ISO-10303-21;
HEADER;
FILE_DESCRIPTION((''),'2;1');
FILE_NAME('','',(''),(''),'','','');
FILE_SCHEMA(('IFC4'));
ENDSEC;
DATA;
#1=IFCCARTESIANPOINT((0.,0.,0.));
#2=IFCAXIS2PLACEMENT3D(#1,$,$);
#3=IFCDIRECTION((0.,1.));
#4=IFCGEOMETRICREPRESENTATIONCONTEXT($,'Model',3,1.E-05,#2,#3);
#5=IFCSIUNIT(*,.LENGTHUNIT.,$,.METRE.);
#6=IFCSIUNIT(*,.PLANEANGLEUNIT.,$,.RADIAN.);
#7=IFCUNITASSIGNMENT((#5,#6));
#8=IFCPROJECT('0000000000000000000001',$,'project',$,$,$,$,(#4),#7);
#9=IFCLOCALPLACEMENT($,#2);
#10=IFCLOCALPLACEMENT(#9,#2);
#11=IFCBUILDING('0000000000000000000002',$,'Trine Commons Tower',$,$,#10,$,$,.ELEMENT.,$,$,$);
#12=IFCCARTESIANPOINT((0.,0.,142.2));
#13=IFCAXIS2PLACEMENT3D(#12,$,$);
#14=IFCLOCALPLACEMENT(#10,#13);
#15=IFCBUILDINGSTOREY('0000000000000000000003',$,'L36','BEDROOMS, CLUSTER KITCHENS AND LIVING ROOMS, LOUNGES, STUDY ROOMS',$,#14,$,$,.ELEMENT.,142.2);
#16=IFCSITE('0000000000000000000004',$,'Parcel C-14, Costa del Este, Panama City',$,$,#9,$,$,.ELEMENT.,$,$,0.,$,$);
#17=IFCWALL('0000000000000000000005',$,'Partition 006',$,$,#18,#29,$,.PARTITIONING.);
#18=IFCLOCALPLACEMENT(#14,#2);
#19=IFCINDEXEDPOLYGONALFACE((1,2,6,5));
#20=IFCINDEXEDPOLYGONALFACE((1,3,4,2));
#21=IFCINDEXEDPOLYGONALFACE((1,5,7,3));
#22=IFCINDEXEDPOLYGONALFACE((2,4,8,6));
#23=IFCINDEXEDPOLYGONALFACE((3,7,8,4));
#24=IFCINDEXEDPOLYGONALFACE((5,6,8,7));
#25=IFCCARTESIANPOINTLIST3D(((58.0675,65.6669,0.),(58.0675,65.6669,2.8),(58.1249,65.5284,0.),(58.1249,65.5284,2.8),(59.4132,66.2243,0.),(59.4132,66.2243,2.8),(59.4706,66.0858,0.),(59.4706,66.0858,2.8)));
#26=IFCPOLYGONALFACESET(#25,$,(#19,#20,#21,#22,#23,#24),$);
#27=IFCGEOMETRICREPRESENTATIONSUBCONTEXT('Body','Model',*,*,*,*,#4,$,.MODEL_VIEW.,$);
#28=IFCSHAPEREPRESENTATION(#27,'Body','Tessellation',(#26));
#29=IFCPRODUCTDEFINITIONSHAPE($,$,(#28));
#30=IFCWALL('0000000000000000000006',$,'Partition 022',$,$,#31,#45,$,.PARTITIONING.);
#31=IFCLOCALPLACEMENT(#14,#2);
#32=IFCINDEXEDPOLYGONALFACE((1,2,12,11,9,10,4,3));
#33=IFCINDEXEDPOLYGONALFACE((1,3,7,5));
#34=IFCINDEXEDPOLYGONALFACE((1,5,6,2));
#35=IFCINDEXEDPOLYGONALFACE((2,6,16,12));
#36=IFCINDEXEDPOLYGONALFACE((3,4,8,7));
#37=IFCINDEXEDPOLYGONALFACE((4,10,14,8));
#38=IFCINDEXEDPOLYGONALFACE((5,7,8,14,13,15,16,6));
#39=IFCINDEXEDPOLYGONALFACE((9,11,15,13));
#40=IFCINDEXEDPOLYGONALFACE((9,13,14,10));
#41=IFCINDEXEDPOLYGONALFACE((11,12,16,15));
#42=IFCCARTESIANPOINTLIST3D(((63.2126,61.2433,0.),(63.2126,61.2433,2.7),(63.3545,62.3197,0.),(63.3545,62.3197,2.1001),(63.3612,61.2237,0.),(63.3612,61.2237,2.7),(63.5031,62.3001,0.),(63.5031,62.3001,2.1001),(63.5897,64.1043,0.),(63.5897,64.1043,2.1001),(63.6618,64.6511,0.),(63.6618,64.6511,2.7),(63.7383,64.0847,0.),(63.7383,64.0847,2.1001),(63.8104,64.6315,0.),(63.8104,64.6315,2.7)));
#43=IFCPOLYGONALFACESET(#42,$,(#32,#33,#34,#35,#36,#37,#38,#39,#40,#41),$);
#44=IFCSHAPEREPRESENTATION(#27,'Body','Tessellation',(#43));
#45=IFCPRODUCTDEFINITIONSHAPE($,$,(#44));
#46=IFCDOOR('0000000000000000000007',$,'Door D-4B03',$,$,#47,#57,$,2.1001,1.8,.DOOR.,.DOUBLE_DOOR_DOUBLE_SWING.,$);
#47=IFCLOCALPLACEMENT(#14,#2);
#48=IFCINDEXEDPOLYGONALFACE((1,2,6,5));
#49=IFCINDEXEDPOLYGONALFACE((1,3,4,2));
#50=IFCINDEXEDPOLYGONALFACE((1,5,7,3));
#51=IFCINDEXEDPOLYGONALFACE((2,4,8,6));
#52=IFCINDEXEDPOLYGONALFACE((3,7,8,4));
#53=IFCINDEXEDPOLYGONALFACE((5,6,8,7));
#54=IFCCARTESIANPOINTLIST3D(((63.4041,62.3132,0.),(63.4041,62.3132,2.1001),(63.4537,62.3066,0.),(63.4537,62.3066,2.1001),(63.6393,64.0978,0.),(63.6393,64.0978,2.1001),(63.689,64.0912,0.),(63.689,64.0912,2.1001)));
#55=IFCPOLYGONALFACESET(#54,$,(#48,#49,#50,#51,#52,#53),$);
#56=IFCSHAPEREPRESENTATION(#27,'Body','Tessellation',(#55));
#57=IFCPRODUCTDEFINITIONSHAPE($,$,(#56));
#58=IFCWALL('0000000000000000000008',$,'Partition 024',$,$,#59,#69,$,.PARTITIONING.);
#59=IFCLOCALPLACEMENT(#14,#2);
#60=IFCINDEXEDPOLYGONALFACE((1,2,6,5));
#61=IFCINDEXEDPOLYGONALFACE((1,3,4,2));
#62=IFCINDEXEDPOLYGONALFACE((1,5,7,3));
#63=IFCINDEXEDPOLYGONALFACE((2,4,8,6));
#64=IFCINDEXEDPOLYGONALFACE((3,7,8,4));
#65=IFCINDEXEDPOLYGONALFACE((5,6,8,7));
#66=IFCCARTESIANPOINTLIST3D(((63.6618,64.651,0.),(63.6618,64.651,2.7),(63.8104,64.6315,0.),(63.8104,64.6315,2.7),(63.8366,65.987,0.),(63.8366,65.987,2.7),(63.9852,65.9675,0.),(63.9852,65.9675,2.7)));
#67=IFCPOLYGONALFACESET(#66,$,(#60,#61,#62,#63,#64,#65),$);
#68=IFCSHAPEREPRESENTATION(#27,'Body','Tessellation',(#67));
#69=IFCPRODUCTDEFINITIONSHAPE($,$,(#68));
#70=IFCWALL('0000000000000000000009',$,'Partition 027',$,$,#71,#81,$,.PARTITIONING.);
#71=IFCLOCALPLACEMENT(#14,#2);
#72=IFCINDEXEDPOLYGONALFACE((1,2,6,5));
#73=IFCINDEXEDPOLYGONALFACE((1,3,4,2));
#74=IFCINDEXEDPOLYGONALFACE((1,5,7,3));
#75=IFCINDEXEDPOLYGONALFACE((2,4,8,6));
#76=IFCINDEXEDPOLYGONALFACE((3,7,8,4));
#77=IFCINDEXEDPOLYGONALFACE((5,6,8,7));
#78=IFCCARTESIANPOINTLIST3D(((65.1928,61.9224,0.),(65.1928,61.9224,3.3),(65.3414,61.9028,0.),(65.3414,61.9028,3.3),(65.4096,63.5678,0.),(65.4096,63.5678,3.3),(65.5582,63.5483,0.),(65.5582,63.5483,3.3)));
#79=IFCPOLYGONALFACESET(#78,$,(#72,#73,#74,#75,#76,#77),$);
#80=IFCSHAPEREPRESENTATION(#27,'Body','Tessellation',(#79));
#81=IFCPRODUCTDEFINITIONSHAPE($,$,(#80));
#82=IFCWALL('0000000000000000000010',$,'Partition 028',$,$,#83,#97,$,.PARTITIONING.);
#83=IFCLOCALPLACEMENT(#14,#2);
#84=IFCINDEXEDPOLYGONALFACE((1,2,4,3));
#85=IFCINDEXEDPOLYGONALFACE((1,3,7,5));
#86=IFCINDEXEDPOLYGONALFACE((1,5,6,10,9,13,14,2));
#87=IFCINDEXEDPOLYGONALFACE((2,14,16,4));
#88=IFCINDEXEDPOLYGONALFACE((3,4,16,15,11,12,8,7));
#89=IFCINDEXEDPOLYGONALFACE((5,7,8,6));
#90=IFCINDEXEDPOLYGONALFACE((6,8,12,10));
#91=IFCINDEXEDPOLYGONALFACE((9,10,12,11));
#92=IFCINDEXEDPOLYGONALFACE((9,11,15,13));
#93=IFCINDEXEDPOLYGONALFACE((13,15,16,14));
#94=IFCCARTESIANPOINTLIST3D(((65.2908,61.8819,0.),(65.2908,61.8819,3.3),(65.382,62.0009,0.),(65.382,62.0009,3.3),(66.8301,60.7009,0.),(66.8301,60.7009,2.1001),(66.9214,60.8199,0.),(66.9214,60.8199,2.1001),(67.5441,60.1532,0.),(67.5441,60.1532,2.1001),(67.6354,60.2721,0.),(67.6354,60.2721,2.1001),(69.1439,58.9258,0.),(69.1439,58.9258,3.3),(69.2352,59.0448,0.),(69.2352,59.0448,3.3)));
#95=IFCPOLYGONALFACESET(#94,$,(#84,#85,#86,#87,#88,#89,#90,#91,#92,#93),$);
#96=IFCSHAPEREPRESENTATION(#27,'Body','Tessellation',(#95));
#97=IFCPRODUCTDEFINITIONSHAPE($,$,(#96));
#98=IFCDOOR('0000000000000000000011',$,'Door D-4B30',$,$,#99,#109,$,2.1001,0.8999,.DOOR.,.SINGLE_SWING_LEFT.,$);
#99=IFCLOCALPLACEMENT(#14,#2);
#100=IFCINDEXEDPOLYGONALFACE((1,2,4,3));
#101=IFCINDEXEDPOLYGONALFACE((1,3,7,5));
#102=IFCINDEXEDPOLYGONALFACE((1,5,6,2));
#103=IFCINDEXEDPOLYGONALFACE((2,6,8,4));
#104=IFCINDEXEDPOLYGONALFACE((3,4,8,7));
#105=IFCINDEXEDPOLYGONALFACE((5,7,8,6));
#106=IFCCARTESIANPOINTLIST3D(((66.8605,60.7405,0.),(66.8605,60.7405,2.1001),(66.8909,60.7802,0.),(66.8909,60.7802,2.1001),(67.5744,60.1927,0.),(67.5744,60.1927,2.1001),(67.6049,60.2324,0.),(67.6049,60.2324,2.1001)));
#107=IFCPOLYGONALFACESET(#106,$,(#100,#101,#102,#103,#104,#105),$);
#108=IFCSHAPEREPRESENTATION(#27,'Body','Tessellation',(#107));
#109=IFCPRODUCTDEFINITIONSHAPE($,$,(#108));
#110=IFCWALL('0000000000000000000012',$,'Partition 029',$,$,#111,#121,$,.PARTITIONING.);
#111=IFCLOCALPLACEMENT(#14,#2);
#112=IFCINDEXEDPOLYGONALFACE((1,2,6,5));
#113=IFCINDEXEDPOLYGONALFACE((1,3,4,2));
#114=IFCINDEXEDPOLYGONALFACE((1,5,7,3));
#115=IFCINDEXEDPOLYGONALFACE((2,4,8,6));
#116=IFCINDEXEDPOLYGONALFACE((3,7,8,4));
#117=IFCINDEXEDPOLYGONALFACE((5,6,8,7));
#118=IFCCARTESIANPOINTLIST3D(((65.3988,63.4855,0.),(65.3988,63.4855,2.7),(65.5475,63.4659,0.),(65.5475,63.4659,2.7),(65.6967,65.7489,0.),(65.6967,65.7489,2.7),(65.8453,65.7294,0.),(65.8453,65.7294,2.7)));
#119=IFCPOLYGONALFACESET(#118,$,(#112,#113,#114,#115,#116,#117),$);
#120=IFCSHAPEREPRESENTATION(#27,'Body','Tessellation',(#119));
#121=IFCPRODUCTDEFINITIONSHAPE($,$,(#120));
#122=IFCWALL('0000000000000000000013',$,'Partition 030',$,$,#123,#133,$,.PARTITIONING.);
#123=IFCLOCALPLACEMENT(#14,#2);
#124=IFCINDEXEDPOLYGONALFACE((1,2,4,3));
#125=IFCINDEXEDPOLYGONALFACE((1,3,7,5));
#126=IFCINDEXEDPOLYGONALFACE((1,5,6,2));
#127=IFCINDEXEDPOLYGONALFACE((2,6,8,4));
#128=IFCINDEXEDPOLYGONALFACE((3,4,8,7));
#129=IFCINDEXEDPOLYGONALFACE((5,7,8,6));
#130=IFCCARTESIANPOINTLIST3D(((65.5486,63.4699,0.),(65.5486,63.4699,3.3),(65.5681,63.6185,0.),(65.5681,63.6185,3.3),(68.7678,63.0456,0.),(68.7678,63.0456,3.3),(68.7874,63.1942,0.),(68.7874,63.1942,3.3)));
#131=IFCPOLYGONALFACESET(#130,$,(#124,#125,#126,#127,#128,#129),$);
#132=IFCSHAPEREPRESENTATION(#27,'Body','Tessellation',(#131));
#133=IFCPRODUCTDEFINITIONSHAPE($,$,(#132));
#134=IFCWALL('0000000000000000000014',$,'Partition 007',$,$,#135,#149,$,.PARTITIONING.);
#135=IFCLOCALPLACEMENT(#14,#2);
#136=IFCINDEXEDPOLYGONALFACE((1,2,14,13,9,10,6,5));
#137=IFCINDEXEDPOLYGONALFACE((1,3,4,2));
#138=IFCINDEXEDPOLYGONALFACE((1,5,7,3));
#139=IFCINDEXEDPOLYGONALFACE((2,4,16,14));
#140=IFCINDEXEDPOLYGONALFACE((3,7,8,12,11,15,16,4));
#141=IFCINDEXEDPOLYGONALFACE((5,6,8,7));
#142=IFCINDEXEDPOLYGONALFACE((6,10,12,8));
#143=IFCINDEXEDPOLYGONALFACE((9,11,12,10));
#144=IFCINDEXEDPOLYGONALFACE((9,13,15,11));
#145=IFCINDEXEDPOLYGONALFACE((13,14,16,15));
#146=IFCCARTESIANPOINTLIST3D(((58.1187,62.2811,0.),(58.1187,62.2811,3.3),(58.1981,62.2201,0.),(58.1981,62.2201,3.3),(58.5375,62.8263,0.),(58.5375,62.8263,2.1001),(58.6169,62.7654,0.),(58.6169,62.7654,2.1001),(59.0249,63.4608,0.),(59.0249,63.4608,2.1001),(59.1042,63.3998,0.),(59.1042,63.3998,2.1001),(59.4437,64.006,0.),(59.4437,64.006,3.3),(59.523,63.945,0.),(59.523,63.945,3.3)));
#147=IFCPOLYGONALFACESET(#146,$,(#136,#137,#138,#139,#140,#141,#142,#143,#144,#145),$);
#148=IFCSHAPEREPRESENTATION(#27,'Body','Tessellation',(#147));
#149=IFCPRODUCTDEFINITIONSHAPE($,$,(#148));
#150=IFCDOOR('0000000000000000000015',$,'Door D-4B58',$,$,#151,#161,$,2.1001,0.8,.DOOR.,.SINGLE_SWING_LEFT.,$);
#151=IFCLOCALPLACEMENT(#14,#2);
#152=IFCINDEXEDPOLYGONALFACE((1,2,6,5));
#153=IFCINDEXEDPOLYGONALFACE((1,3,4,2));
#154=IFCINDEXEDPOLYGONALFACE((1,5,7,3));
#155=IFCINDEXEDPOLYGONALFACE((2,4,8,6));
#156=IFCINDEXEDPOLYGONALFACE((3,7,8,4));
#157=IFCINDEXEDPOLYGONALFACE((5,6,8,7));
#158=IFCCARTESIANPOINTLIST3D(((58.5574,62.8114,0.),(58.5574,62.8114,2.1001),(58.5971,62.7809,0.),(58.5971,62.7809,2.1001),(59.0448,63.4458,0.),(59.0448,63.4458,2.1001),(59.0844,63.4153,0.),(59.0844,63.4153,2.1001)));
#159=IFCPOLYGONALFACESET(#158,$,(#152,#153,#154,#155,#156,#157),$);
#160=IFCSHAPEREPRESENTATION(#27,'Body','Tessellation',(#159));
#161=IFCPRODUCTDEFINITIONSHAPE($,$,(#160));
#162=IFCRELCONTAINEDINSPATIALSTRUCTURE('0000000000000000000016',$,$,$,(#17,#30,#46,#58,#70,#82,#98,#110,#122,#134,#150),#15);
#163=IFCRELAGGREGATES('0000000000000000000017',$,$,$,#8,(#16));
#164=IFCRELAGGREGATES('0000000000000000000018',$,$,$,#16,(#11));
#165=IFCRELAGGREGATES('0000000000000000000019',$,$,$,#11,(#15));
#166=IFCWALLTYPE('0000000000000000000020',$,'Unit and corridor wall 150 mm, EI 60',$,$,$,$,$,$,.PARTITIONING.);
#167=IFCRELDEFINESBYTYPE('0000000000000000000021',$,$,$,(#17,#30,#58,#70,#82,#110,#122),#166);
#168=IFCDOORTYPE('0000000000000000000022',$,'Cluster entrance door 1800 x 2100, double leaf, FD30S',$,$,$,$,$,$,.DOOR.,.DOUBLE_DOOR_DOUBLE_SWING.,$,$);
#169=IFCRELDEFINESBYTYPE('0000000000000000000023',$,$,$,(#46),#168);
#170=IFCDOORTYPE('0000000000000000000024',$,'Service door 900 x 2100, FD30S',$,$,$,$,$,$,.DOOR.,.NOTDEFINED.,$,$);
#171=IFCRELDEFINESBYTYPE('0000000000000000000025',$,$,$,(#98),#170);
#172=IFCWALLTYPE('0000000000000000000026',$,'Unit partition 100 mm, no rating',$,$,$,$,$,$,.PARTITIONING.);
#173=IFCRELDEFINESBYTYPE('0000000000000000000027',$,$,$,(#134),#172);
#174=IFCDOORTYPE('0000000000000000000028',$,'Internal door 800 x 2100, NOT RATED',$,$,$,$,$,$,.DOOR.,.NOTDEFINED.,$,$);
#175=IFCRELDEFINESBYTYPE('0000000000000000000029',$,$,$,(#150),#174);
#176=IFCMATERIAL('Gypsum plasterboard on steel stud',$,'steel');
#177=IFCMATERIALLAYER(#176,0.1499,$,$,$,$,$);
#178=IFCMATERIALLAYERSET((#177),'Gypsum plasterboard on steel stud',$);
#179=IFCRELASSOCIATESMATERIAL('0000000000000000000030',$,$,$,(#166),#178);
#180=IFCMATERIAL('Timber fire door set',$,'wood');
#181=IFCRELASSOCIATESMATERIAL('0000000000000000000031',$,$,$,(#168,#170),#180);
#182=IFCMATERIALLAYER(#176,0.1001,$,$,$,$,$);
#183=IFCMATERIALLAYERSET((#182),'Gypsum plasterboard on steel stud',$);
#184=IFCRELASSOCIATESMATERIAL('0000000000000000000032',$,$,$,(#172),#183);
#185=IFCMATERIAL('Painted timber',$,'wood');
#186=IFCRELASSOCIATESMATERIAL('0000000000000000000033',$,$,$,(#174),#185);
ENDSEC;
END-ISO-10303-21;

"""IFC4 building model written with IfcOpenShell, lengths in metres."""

from ifc_helpers import new_model, si_unit, direction, frame, frame_2d, origin, place, context, subcontext, project, spatial, rectangle, extrude, material, layer, layer_set, type_object, element, fill, save


model = new_model("IFC4")

# Units and contexts
model_context = context("Model", 3, precision=1e-05, world=origin(), true_north=direction((0.0, 1.0)))
body_context = subcontext(model_context, "Body", "Model", "MODEL_VIEW")
ifc_project = project(units=[si_unit("LENGTHUNIT", "METRE"), si_unit("PLANEANGLEUNIT", "RADIAN")], contexts=[model_context])

# Site, building, storey
site_placement = place(None, origin())
site = spatial("IfcSite", under=ifc_project, at=site_placement, Name="Parcel C-14, Costa del Este, Panama City", CompositionType="ELEMENT", RefElevation=0.0)
building_placement = place(site_placement, origin())
building = spatial("IfcBuilding", under=site, at=building_placement, Name="Trine Commons Tower", CompositionType="ELEMENT")
storey_placement = place(building_placement, frame((0.0, 0.0, 142.2)))
storey = spatial("IfcBuildingStorey", under=building, at=storey_placement, Name="L36", Description="BEDROOMS, CLUSTER KITCHENS AND LIVING ROOMS, LOUNGES, STUDY ROOMS", CompositionType="ELEMENT", Elevation=142.2)

# Shared definitions
ifc_material_1 = material(Name="Gypsum plasterboard on steel stud", Category="steel")
ifc_layer_1 = layer(ifc_material_1, 0.1499)
ifc_layer_set_1 = layer_set([ifc_layer_1], Name="Gypsum plasterboard on steel stud")
wall_type_1 = type_object("IfcWallType", Name="Unit and corridor wall 150 mm, EI 60", PredefinedType="PARTITIONING", material=ifc_layer_set_1)
ifc_material_2 = material(Name="Timber fire door set", Category="wood")

# Wall
wall_1_placement = place(storey_placement, frame((58.0962, 65.5977, 0.0), z_axis=(0.0, 0.0, 1.0), x_axis=(0.923888, 0.382663, 0.0)))
element("IfcWall", 1, at=wall_1_placement, inside=storey, type_object=wall_type_1, Name="Partition 006", PredefinedType="PARTITIONING", context=body_context, shape_type="SweptSolid", body=[
    extrude(rectangle(XDim=1.4565, YDim=0.1499, at=frame_2d((0.7283, 0.0))), origin(), (0.0, 0.0, 1.0), 2.8),
])

# Wall, opening, door
wall_2_placement = place(storey_placement, frame((63.2869, 61.2334, 0.0), z_axis=(0.0, 0.0, 1.0), x_axis=(0.130693, 0.991423, 0.0)))
wall_2 = element("IfcWall", 2, at=wall_2_placement, inside=storey, type_object=wall_type_1, Name="Partition 022", PredefinedType="PARTITIONING", context=body_context, shape_type="SweptSolid", body=[
    extrude(rectangle(XDim=3.4373, YDim=0.1499, at=frame_2d((1.7188, 0.0))), origin(), (0.0, 0.0, 1.0), 2.7),
])
opening_1_placement = place(wall_2_placement, frame((1.0859, 0.0, 0.0)))
opening_1 = element("IfcOpeningElement", 3, at=opening_1_placement, cuts=wall_2, PredefinedType="OPENING", context=body_context, shape_type="SweptSolid", body=[
    extrude(rectangle(XDim=1.8, YDim=2.1001, at=frame_2d((0.8999, 1.05))), frame((0.0, 0.085, 0.0), z_axis=(0.0, -1.0, 0.0), x_axis=(1.0, 0.0, 0.0)), (0.0, 0.0, 1.0), 0.1699),
])
door_type_1 = type_object("IfcDoorType", Name="Cluster entrance door 1800 x 2100, double leaf, FD30S", OperationType="DOUBLE_DOOR_DOUBLE_SWING", PredefinedType="DOOR", material=ifc_material_2)
door_1_placement = place(opening_1_placement, origin())
door_1 = element("IfcDoor", 4, at=door_1_placement, inside=storey, type_object=door_type_1, Name="Door D-4B03", OperationType="DOUBLE_DOOR_DOUBLE_SWING", OverallHeight=2.1001, OverallWidth=1.8, PredefinedType="DOOR", context=body_context, shape_type="SweptSolid", body=[
    extrude(rectangle(XDim=1.8, YDim=2.1001, at=frame_2d((0.8999, 1.05))), frame((0.0, 0.0249, 0.0), z_axis=(0.0, -1.0, 0.0), x_axis=(1.0, 0.0, 0.0)), (0.0, 0.0, 1.0), 0.05),
])
fill(opening_1, door_1)

# Walls
wall_3_placement = place(storey_placement, frame((63.7361, 64.6411, 0.0), z_axis=(0.0, 0.0, 1.0), x_axis=(0.129742, 0.991548, 0.0)))
element("IfcWall", 5, at=wall_3_placement, inside=storey, type_object=wall_type_1, Name="Partition 024", PredefinedType="PARTITIONING", context=body_context, shape_type="SweptSolid", body=[
    extrude(rectangle(XDim=1.3474, YDim=0.1499, at=frame_2d((0.6738, 0.0))), origin(), (0.0, 0.0, 1.0), 2.7),
])
wall_4_placement = place(storey_placement, frame((65.2671, 61.9126, 0.0), z_axis=(0.0, 0.0, 1.0), x_axis=(0.130622, 0.991432, 0.0)))
element("IfcWall", 6, at=wall_4_placement, inside=storey, type_object=wall_type_1, Name="Partition 027", PredefinedType="PARTITIONING", context=body_context, shape_type="SweptSolid", body=[
    extrude(rectangle(XDim=1.6597, YDim=0.1499, at=frame_2d((0.8298, 0.0))), origin(), (0.0, 0.0, 1.0), 3.3),
])

# Wall, opening, door
wall_5_placement = place(storey_placement, frame((65.3364, 61.9414, 0.0), z_axis=(0.0, 0.0, 1.0), x_axis=(0.793401, -0.6087, 0.0)))
wall_5 = element("IfcWall", 7, at=wall_5_placement, inside=storey, type_object=wall_type_1, Name="Partition 028", PredefinedType="PARTITIONING", context=body_context, shape_type="SweptSolid", body=[
    extrude(rectangle(XDim=4.8564, YDim=0.1499, at=frame_2d((2.4282, 0.0))), origin(), (0.0, 0.0, 1.0), 3.3),
])
opening_2_placement = place(wall_5_placement, frame((1.9402, 0.0, 0.0)))
opening_2 = element("IfcOpeningElement", 8, at=opening_2_placement, cuts=wall_5, PredefinedType="OPENING", context=body_context, shape_type="SweptSolid", body=[
    extrude(rectangle(XDim=0.8999, YDim=2.1001, at=frame_2d((0.45, 1.05))), frame((0.0, 0.085, 0.0), z_axis=(0.0, -1.0, 0.0), x_axis=(1.0, 0.0, 0.0)), (0.0, 0.0, 1.0), 0.1699),
])
door_type_2 = type_object("IfcDoorType", Name="Service door 900 x 2100, FD30S", OperationType="NOTDEFINED", PredefinedType="DOOR", material=ifc_material_2)
door_2_placement = place(opening_2_placement, origin())
door_2 = element("IfcDoor", 9, at=door_2_placement, inside=storey, type_object=door_type_2, Name="Door D-4B30", OperationType="SINGLE_SWING_LEFT", OverallHeight=2.1001, OverallWidth=0.8999, PredefinedType="DOOR", context=body_context, shape_type="SweptSolid", body=[
    extrude(rectangle(XDim=0.8999, YDim=2.1001, at=frame_2d((0.45, 1.05))), frame((0.0, 0.0249, 0.0), z_axis=(0.0, -1.0, 0.0), x_axis=(1.0, 0.0, 0.0)), (0.0, 0.0, 1.0), 0.05),
])
fill(opening_2, door_2)

# Walls
wall_6_placement = place(storey_placement, frame((65.4731, 63.4756, 0.0), z_axis=(0.0, 0.0, 1.0), x_axis=(0.130468, 0.991452, 0.0)))
element("IfcWall", 10, at=wall_6_placement, inside=storey, type_object=wall_type_1, Name="Partition 029", PredefinedType="PARTITIONING", context=body_context, shape_type="SweptSolid", body=[
    extrude(rectangle(XDim=2.283, YDim=0.1499, at=frame_2d((1.1416, 0.0))), origin(), (0.0, 0.0, 1.0), 2.7),
])
wall_7_placement = place(storey_placement, frame((65.5583, 63.5442, 0.0), z_axis=(0.0, 0.0, 1.0), x_axis=(0.991425, -0.130676, 0.0)))
element("IfcWall", 11, at=wall_7_placement, inside=storey, type_object=wall_type_1, Name="Partition 030", PredefinedType="PARTITIONING", context=body_context, shape_type="SweptSolid", body=[
    extrude(rectangle(XDim=3.2471, YDim=0.1499, at=frame_2d((1.6235, 0.0))), origin(), (0.0, 0.0, 1.0), 3.3),
])

# Wall, opening, door
ifc_layer_2 = layer(ifc_material_1, 0.1001)
ifc_layer_set_2 = layer_set([ifc_layer_2], Name="Gypsum plasterboard on steel stud")
wall_type_2 = type_object("IfcWallType", Name="Unit partition 100 mm, no rating", PredefinedType="PARTITIONING", material=ifc_layer_set_2)
wall_8_placement = place(storey_placement, frame((58.1584, 62.2507, 0.0), z_axis=(0.0, 0.0, 1.0), x_axis=(0.609174, 0.793037, 0.0)))
wall_8 = element("IfcWall", 12, at=wall_8_placement, inside=storey, type_object=wall_type_2, Name="Partition 007", PredefinedType="PARTITIONING", context=body_context, shape_type="SweptSolid", body=[
    extrude(rectangle(XDim=2.175, YDim=0.1001, at=frame_2d((1.0874, 0.0))), origin(), (0.0, 0.0, 1.0), 3.3),
])
opening_3_placement = place(wall_8_placement, frame((0.6875, 0.0, 0.0)))
opening_3 = element("IfcOpeningElement", 13, at=opening_3_placement, cuts=wall_8, PredefinedType="OPENING", context=body_context, shape_type="SweptSolid", body=[
    extrude(rectangle(XDim=0.8, YDim=2.1001, at=frame_2d((0.3999, 1.05))), frame((0.0, 0.0601, 0.0), z_axis=(0.0, -1.0, 0.0), x_axis=(1.0, 0.0, 0.0)), (0.0, 0.0, 1.0), 0.1201),
])
ifc_material_3 = material(Name="Painted timber", Category="wood")
door_type_3 = type_object("IfcDoorType", Name="Internal door 800 x 2100, NOT RATED", OperationType="NOTDEFINED", PredefinedType="DOOR", material=ifc_material_3)
door_3_placement = place(opening_3_placement, frame((0.8, 0.0, 0.0), z_axis=(0.0, 0.0, 1.0), x_axis=(-1.0, 0.0, 0.0)))
door_3 = element("IfcDoor", 14, at=door_3_placement, inside=storey, type_object=door_type_3, Name="Door D-4B58", OperationType="SINGLE_SWING_LEFT", OverallHeight=2.1001, OverallWidth=0.8, PredefinedType="DOOR", context=body_context, shape_type="SweptSolid", body=[
    extrude(rectangle(XDim=0.8, YDim=2.1001, at=frame_2d((0.3999, 1.05))), frame((0.0, 0.0249, 0.0), z_axis=(0.0, -1.0, 0.0), x_axis=(1.0, 0.0, 0.0)), (0.0, 0.0, 1.0), 0.05),
])
fill(opening_3, door_3)

save(model, "model.ifc")
